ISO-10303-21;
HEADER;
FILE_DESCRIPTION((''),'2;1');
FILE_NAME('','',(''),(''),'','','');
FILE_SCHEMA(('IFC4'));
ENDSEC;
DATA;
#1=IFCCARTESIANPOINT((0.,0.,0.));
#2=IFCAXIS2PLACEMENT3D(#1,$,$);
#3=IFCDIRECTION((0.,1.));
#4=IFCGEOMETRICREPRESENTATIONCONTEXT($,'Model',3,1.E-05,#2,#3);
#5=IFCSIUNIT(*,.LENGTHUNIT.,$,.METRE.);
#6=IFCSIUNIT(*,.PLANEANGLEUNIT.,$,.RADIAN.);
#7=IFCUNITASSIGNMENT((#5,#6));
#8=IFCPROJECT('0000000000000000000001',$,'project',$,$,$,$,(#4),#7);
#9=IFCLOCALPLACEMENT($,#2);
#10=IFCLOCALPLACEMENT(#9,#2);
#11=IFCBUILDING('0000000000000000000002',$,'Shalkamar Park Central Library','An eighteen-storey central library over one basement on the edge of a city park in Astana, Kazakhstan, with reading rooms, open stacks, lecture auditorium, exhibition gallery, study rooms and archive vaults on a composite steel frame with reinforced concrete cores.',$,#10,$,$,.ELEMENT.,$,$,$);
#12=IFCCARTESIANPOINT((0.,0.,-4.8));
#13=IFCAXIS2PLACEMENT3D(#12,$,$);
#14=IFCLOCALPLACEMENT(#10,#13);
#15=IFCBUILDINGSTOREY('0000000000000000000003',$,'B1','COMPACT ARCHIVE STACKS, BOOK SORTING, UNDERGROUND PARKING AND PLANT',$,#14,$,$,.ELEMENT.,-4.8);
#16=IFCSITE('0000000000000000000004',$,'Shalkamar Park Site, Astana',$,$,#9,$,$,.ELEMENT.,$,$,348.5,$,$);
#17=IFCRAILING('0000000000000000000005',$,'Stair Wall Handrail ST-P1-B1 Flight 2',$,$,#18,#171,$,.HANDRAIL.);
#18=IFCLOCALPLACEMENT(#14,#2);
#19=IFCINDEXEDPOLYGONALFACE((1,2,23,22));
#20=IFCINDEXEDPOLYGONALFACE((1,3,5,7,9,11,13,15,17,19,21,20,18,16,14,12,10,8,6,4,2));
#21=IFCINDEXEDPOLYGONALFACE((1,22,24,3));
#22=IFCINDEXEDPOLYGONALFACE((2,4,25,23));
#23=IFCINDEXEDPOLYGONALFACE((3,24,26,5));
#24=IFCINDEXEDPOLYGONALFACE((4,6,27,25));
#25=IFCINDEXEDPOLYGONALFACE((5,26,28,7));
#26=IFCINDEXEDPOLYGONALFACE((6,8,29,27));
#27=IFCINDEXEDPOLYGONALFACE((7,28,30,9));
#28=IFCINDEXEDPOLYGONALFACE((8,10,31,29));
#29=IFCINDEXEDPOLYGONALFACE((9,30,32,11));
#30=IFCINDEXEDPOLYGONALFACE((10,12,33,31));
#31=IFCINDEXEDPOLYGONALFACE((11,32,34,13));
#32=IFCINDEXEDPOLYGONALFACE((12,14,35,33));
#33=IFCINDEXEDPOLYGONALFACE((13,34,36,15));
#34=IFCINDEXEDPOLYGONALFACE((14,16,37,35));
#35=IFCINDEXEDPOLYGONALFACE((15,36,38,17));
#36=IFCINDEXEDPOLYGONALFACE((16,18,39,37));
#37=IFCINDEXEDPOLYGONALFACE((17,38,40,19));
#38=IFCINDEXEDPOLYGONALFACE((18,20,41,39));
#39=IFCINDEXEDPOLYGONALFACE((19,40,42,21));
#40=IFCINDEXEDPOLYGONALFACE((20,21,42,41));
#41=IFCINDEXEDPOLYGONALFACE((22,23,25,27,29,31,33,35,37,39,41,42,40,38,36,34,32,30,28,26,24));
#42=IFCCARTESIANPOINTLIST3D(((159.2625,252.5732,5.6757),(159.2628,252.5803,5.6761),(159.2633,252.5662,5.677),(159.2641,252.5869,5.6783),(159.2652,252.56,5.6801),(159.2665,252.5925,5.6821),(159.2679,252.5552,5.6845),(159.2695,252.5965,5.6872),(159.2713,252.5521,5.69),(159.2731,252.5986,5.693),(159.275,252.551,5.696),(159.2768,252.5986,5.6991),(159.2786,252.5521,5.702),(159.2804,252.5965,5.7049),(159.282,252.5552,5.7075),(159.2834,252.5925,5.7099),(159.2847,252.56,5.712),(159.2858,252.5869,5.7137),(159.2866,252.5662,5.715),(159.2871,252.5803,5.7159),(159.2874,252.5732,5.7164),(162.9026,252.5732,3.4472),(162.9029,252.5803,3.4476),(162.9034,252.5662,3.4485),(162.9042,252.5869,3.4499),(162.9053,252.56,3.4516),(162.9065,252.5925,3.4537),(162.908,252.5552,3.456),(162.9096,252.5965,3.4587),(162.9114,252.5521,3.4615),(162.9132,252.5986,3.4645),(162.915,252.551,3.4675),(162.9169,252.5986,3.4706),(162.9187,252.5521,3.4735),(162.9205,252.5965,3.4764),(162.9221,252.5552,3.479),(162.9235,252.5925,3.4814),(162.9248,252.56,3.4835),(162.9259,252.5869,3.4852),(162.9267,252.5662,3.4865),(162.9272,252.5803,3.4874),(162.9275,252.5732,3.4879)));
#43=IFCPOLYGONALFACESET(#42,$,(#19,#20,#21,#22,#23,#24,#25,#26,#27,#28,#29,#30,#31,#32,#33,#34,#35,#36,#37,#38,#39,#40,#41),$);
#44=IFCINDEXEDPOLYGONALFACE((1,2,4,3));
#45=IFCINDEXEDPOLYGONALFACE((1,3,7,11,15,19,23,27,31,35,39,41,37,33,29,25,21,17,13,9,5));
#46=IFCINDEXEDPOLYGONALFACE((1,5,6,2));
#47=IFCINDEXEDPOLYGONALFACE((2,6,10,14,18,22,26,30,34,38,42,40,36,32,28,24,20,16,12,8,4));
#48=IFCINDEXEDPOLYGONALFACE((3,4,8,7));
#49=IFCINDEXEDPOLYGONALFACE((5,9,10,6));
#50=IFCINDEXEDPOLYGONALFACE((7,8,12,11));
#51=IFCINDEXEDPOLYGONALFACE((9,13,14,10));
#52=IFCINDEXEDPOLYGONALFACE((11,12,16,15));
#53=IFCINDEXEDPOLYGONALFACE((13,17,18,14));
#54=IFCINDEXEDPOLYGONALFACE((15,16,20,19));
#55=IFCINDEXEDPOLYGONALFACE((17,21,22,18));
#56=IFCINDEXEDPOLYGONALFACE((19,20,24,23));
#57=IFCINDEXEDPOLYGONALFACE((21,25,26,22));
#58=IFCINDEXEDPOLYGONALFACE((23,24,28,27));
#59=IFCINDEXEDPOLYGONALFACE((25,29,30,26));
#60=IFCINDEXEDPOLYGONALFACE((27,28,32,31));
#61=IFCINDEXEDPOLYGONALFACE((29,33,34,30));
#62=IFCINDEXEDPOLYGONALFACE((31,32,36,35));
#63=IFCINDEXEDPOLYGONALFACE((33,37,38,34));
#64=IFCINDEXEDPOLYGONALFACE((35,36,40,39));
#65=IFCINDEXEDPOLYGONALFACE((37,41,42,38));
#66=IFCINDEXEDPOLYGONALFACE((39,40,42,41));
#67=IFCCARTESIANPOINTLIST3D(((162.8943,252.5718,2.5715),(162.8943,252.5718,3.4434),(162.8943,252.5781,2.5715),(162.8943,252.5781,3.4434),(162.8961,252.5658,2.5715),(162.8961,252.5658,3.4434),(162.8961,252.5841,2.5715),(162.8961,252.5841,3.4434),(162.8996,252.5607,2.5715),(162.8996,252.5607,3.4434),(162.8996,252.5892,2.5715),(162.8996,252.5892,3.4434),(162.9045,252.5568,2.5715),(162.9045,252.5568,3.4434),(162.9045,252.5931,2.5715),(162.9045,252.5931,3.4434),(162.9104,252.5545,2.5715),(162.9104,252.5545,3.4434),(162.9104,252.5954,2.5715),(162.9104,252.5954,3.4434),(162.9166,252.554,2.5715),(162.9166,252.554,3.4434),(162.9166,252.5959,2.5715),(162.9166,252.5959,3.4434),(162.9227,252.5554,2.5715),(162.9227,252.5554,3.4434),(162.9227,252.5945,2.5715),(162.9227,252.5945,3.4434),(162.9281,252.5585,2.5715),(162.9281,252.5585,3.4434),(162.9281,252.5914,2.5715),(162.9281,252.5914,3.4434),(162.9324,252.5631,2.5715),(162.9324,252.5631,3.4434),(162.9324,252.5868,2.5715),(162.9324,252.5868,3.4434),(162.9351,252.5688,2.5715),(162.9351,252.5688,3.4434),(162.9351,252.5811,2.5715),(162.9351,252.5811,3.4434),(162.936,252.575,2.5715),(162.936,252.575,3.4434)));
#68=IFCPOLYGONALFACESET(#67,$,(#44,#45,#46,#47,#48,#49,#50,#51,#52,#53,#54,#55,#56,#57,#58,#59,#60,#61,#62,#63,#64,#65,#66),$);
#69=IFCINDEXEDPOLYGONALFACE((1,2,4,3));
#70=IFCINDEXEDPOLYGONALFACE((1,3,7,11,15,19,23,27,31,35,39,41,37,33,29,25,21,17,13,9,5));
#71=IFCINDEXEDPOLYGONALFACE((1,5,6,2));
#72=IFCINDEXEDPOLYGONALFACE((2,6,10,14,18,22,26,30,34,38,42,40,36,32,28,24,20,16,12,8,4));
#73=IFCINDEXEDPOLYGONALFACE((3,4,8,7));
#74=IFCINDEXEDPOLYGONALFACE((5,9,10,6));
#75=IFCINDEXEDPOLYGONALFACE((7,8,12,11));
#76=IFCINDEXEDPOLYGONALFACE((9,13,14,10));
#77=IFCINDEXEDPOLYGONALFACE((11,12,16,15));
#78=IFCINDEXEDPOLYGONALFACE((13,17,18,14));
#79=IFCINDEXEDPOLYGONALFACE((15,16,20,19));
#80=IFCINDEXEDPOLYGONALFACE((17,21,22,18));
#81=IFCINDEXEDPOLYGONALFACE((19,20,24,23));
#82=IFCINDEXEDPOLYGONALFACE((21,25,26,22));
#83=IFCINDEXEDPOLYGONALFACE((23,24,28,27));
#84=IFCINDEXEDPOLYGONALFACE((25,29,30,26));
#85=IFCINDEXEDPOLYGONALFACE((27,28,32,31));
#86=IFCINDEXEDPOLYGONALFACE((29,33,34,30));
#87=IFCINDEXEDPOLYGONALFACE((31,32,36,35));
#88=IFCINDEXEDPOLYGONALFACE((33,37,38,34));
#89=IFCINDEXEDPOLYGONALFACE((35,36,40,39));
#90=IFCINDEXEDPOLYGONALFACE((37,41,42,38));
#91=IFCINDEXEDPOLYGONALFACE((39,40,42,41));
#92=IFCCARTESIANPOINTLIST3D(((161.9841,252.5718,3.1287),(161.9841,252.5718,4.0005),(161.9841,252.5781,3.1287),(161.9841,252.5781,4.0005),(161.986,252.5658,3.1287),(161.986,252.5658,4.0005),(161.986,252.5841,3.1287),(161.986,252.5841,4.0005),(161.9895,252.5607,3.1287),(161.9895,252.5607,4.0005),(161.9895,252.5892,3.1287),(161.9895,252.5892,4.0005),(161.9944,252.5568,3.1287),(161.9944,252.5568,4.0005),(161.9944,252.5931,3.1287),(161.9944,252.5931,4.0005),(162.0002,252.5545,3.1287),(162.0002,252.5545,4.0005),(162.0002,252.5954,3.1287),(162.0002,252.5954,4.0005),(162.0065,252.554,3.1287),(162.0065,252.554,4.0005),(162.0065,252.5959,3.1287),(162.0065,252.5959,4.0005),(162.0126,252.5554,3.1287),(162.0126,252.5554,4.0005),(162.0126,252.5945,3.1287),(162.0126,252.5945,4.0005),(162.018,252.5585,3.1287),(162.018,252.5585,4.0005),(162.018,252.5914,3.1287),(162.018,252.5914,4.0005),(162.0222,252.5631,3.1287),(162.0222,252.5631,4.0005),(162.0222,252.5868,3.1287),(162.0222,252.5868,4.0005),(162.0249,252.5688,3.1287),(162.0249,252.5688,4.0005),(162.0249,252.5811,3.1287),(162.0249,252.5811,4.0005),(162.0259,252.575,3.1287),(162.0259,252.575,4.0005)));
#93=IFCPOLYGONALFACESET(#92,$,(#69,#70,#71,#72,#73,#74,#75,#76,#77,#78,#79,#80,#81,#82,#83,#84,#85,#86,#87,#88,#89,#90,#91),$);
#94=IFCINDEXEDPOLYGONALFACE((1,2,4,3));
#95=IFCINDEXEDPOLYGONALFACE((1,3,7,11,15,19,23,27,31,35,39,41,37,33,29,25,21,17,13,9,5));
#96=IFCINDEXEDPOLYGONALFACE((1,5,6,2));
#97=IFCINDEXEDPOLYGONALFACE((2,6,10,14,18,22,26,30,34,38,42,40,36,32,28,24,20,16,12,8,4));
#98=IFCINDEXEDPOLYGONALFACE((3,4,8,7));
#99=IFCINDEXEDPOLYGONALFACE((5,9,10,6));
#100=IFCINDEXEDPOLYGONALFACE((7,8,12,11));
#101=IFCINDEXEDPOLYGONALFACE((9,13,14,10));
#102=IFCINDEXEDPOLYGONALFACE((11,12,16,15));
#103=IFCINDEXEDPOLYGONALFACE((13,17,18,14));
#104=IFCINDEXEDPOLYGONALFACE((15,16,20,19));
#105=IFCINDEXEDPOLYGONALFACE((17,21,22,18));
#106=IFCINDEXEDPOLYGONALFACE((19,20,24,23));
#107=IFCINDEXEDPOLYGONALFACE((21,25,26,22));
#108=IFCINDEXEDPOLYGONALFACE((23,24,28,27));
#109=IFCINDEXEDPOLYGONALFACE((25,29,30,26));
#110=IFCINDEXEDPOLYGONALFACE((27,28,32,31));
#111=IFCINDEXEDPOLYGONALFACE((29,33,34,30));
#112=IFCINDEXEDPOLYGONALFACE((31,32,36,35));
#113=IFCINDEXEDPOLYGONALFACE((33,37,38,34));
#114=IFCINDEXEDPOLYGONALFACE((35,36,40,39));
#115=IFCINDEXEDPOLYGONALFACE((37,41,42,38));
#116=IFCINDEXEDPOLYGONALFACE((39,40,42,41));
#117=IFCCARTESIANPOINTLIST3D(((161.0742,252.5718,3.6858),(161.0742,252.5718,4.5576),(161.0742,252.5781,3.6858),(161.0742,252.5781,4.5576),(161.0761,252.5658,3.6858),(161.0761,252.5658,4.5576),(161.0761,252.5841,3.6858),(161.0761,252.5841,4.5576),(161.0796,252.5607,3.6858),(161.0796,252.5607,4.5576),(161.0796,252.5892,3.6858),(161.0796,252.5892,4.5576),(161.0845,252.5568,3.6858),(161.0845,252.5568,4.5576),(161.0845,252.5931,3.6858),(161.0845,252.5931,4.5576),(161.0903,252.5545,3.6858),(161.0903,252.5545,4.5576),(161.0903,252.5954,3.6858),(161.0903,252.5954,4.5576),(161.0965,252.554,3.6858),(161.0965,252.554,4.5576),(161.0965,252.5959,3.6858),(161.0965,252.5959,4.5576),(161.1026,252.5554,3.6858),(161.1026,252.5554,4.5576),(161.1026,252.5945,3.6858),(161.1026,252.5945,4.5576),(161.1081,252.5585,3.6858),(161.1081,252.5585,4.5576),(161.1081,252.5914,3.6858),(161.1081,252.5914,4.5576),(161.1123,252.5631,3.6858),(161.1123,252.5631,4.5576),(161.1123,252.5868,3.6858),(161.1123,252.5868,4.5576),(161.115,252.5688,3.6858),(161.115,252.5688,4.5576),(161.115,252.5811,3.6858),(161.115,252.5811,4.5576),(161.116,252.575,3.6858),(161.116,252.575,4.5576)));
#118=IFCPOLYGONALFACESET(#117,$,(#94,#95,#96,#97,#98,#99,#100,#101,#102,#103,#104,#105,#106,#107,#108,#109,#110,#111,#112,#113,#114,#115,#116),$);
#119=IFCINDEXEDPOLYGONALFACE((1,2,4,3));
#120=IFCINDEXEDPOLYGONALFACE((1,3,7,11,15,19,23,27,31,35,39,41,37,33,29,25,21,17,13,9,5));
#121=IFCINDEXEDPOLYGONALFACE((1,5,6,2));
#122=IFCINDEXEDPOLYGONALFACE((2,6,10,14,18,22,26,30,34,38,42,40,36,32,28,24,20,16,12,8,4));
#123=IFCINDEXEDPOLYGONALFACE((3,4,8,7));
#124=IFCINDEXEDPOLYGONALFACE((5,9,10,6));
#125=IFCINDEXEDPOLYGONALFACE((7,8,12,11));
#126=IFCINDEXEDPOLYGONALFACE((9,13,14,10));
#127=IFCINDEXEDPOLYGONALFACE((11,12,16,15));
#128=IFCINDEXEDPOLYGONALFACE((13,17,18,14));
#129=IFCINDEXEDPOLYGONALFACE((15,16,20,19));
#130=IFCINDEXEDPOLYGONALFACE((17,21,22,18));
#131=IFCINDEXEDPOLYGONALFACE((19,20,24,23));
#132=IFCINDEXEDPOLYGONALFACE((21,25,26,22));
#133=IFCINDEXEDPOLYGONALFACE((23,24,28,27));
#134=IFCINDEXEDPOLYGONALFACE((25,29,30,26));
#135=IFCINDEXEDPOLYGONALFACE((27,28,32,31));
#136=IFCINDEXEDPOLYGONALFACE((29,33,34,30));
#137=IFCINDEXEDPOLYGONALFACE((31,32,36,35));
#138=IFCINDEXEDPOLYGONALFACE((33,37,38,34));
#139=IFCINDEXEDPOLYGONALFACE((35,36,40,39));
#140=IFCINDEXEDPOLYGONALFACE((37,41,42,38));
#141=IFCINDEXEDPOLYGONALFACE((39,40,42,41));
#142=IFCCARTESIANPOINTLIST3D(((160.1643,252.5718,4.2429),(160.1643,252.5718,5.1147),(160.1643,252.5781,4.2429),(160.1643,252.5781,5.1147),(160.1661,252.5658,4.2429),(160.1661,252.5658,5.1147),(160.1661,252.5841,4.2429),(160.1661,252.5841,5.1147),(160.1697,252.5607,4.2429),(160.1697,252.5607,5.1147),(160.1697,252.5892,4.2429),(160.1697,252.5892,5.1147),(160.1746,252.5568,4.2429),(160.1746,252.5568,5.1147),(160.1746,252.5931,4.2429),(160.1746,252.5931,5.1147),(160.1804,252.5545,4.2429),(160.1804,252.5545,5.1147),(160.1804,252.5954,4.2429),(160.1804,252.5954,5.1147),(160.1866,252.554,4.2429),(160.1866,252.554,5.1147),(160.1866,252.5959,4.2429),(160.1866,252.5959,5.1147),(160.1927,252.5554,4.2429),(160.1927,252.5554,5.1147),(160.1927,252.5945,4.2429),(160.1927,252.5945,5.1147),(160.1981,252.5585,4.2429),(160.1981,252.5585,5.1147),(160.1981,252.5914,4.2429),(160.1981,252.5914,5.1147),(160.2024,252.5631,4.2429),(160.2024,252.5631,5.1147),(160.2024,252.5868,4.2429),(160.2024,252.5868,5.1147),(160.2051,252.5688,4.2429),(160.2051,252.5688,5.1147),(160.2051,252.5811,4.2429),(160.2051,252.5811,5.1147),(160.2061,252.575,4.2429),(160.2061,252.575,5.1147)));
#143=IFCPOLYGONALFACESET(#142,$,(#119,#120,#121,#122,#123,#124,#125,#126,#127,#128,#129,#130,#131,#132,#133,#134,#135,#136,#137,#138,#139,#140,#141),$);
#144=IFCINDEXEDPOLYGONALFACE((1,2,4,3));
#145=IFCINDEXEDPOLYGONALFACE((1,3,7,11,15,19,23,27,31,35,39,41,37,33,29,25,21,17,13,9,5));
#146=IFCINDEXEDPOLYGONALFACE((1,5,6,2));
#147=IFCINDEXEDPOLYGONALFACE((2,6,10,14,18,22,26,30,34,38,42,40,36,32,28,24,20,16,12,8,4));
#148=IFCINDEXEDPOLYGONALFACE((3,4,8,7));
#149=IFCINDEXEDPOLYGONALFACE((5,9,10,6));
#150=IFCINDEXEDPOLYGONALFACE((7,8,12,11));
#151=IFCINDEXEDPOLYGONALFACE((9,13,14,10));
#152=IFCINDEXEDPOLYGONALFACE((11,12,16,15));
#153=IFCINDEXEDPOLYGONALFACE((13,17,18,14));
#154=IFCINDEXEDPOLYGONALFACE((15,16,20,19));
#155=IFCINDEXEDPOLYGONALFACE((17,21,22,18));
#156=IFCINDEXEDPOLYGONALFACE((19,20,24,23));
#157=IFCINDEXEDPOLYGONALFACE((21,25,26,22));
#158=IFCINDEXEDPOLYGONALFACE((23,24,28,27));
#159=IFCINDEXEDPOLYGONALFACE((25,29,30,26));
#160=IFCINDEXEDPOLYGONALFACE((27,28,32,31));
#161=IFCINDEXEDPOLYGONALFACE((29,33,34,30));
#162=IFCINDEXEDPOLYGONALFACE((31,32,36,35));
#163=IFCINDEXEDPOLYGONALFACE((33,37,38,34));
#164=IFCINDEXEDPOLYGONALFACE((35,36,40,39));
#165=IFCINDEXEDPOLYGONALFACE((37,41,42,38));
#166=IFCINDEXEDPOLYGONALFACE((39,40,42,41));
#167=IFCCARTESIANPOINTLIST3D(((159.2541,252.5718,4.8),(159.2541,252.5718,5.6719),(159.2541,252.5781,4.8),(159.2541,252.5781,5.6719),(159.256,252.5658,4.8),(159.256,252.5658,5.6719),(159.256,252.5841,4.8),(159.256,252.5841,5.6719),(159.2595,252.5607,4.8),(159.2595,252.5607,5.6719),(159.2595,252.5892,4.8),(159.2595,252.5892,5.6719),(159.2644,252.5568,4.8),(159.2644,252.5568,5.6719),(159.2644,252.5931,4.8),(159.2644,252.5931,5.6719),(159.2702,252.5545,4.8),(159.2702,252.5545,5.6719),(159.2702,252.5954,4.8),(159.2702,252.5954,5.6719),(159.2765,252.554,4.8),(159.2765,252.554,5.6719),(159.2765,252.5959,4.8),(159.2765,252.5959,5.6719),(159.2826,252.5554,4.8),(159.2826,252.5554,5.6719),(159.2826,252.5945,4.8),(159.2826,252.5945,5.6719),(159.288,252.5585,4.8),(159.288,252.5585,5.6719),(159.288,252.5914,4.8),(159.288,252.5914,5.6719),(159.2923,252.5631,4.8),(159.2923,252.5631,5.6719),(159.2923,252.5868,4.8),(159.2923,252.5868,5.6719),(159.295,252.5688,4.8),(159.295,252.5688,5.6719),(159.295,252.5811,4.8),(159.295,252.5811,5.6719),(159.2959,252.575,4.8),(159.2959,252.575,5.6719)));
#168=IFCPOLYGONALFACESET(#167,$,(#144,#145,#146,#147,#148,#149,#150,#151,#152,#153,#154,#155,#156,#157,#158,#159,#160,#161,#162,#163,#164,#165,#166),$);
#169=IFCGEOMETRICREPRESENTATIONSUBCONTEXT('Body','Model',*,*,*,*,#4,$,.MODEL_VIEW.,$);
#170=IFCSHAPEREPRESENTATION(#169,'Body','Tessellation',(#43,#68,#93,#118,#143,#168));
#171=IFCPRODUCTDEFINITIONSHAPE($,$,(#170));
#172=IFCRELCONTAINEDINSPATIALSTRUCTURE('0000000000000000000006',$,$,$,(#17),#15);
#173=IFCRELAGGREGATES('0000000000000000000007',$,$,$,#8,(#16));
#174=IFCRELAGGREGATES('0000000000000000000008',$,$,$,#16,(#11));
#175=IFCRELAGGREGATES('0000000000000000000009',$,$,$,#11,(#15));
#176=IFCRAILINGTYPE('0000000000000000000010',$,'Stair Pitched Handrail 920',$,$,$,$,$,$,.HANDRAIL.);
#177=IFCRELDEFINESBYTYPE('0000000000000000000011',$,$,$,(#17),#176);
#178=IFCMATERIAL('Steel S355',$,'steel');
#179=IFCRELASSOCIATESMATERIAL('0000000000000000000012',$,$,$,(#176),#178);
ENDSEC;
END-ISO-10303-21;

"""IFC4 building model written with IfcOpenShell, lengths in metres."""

from ifc_helpers import new_model, si_unit, direction, frame, origin, origin_2d, place, context, subcontext, project, spatial, circle, extrude, material, type_object, element, save


model = new_model("IFC4")

# Units and contexts
model_context = context("Model", 3, precision=1e-05, world=origin(), true_north=direction((0.0, 1.0)))
body_context = subcontext(model_context, "Body", "Model", "MODEL_VIEW")
ifc_project = project(units=[si_unit("LENGTHUNIT", "METRE"), si_unit("PLANEANGLEUNIT", "RADIAN")], contexts=[model_context])

# Site, building, storey
site_placement = place(None, origin())
site = spatial("IfcSite", under=ifc_project, at=site_placement, Name="Shalkamar Park Site, Astana", CompositionType="ELEMENT", RefElevation=348.5)
building_placement = place(site_placement, origin())
building = spatial("IfcBuilding", under=site, at=building_placement, Name="Shalkamar Park Central Library", Description="An eighteen-storey central library over one basement on the edge of a city park in Astana, Kazakhstan, with reading rooms, open stacks, lecture auditorium, exhibition gallery, study rooms and archive vaults on a composite steel frame with reinforced concrete cores.", CompositionType="ELEMENT")
storey_placement = place(building_placement, frame((0.0, 0.0, -4.8)))
storey = spatial("IfcBuildingStorey", under=building, at=storey_placement, Name="B1", Description="COMPACT ARCHIVE STACKS, BOOK SORTING, UNDERGROUND PARKING AND PLANT", CompositionType="ELEMENT", Elevation=-4.8)

# Shared definitions
ifc_material_1 = material(Name="Steel S355", Category="steel")

# Railing
railing_type_1 = type_object("IfcRailingType", Name="Stair Pitched Handrail 920", PredefinedType="HANDRAIL", material=ifc_material_1)
railing_1_placement = place(storey_placement, frame((162.915, 252.575, 2.5715)))
element("IfcRailing", 1, at=railing_1_placement, inside=storey, type_object=railing_type_1, Name="Stair Wall Handrail ST-P1-B1 Flight 2", PredefinedType="HANDRAIL", context=body_context, shape_type="SweptSolid", body=[
    extrude(circle(Radius=0.0239, at=origin_2d()), frame((0.0, 0.0, 0.896), z_axis=(-0.852866, 0.0, 0.52213), x_axis=(0.0, -1.0, 0.0)), (0.0, 0.0, 1.0), 4.2681),
    extrude(circle(Radius=0.021, at=origin_2d()), origin(), (0.0, 0.0, 1.0), 0.8718),
    extrude(circle(Radius=0.021, at=origin_2d()), frame((-0.9102, 0.0, 0.5571)), (0.0, 0.0, 1.0), 0.8718),
    extrude(circle(Radius=0.021, at=origin_2d()), frame((-1.8201, 0.0, 1.1143)), (0.0, 0.0, 1.0), 0.8718),
    extrude(circle(Radius=0.021, at=origin_2d()), frame((-2.73, 0.0, 1.6714)), (0.0, 0.0, 1.0), 0.8718),
    extrude(circle(Radius=0.021, at=origin_2d()), frame((-3.6401, 0.0, 2.2285)), (0.0, 0.0, 1.0), 0.8718),
])

save(model, "model.ifc")
